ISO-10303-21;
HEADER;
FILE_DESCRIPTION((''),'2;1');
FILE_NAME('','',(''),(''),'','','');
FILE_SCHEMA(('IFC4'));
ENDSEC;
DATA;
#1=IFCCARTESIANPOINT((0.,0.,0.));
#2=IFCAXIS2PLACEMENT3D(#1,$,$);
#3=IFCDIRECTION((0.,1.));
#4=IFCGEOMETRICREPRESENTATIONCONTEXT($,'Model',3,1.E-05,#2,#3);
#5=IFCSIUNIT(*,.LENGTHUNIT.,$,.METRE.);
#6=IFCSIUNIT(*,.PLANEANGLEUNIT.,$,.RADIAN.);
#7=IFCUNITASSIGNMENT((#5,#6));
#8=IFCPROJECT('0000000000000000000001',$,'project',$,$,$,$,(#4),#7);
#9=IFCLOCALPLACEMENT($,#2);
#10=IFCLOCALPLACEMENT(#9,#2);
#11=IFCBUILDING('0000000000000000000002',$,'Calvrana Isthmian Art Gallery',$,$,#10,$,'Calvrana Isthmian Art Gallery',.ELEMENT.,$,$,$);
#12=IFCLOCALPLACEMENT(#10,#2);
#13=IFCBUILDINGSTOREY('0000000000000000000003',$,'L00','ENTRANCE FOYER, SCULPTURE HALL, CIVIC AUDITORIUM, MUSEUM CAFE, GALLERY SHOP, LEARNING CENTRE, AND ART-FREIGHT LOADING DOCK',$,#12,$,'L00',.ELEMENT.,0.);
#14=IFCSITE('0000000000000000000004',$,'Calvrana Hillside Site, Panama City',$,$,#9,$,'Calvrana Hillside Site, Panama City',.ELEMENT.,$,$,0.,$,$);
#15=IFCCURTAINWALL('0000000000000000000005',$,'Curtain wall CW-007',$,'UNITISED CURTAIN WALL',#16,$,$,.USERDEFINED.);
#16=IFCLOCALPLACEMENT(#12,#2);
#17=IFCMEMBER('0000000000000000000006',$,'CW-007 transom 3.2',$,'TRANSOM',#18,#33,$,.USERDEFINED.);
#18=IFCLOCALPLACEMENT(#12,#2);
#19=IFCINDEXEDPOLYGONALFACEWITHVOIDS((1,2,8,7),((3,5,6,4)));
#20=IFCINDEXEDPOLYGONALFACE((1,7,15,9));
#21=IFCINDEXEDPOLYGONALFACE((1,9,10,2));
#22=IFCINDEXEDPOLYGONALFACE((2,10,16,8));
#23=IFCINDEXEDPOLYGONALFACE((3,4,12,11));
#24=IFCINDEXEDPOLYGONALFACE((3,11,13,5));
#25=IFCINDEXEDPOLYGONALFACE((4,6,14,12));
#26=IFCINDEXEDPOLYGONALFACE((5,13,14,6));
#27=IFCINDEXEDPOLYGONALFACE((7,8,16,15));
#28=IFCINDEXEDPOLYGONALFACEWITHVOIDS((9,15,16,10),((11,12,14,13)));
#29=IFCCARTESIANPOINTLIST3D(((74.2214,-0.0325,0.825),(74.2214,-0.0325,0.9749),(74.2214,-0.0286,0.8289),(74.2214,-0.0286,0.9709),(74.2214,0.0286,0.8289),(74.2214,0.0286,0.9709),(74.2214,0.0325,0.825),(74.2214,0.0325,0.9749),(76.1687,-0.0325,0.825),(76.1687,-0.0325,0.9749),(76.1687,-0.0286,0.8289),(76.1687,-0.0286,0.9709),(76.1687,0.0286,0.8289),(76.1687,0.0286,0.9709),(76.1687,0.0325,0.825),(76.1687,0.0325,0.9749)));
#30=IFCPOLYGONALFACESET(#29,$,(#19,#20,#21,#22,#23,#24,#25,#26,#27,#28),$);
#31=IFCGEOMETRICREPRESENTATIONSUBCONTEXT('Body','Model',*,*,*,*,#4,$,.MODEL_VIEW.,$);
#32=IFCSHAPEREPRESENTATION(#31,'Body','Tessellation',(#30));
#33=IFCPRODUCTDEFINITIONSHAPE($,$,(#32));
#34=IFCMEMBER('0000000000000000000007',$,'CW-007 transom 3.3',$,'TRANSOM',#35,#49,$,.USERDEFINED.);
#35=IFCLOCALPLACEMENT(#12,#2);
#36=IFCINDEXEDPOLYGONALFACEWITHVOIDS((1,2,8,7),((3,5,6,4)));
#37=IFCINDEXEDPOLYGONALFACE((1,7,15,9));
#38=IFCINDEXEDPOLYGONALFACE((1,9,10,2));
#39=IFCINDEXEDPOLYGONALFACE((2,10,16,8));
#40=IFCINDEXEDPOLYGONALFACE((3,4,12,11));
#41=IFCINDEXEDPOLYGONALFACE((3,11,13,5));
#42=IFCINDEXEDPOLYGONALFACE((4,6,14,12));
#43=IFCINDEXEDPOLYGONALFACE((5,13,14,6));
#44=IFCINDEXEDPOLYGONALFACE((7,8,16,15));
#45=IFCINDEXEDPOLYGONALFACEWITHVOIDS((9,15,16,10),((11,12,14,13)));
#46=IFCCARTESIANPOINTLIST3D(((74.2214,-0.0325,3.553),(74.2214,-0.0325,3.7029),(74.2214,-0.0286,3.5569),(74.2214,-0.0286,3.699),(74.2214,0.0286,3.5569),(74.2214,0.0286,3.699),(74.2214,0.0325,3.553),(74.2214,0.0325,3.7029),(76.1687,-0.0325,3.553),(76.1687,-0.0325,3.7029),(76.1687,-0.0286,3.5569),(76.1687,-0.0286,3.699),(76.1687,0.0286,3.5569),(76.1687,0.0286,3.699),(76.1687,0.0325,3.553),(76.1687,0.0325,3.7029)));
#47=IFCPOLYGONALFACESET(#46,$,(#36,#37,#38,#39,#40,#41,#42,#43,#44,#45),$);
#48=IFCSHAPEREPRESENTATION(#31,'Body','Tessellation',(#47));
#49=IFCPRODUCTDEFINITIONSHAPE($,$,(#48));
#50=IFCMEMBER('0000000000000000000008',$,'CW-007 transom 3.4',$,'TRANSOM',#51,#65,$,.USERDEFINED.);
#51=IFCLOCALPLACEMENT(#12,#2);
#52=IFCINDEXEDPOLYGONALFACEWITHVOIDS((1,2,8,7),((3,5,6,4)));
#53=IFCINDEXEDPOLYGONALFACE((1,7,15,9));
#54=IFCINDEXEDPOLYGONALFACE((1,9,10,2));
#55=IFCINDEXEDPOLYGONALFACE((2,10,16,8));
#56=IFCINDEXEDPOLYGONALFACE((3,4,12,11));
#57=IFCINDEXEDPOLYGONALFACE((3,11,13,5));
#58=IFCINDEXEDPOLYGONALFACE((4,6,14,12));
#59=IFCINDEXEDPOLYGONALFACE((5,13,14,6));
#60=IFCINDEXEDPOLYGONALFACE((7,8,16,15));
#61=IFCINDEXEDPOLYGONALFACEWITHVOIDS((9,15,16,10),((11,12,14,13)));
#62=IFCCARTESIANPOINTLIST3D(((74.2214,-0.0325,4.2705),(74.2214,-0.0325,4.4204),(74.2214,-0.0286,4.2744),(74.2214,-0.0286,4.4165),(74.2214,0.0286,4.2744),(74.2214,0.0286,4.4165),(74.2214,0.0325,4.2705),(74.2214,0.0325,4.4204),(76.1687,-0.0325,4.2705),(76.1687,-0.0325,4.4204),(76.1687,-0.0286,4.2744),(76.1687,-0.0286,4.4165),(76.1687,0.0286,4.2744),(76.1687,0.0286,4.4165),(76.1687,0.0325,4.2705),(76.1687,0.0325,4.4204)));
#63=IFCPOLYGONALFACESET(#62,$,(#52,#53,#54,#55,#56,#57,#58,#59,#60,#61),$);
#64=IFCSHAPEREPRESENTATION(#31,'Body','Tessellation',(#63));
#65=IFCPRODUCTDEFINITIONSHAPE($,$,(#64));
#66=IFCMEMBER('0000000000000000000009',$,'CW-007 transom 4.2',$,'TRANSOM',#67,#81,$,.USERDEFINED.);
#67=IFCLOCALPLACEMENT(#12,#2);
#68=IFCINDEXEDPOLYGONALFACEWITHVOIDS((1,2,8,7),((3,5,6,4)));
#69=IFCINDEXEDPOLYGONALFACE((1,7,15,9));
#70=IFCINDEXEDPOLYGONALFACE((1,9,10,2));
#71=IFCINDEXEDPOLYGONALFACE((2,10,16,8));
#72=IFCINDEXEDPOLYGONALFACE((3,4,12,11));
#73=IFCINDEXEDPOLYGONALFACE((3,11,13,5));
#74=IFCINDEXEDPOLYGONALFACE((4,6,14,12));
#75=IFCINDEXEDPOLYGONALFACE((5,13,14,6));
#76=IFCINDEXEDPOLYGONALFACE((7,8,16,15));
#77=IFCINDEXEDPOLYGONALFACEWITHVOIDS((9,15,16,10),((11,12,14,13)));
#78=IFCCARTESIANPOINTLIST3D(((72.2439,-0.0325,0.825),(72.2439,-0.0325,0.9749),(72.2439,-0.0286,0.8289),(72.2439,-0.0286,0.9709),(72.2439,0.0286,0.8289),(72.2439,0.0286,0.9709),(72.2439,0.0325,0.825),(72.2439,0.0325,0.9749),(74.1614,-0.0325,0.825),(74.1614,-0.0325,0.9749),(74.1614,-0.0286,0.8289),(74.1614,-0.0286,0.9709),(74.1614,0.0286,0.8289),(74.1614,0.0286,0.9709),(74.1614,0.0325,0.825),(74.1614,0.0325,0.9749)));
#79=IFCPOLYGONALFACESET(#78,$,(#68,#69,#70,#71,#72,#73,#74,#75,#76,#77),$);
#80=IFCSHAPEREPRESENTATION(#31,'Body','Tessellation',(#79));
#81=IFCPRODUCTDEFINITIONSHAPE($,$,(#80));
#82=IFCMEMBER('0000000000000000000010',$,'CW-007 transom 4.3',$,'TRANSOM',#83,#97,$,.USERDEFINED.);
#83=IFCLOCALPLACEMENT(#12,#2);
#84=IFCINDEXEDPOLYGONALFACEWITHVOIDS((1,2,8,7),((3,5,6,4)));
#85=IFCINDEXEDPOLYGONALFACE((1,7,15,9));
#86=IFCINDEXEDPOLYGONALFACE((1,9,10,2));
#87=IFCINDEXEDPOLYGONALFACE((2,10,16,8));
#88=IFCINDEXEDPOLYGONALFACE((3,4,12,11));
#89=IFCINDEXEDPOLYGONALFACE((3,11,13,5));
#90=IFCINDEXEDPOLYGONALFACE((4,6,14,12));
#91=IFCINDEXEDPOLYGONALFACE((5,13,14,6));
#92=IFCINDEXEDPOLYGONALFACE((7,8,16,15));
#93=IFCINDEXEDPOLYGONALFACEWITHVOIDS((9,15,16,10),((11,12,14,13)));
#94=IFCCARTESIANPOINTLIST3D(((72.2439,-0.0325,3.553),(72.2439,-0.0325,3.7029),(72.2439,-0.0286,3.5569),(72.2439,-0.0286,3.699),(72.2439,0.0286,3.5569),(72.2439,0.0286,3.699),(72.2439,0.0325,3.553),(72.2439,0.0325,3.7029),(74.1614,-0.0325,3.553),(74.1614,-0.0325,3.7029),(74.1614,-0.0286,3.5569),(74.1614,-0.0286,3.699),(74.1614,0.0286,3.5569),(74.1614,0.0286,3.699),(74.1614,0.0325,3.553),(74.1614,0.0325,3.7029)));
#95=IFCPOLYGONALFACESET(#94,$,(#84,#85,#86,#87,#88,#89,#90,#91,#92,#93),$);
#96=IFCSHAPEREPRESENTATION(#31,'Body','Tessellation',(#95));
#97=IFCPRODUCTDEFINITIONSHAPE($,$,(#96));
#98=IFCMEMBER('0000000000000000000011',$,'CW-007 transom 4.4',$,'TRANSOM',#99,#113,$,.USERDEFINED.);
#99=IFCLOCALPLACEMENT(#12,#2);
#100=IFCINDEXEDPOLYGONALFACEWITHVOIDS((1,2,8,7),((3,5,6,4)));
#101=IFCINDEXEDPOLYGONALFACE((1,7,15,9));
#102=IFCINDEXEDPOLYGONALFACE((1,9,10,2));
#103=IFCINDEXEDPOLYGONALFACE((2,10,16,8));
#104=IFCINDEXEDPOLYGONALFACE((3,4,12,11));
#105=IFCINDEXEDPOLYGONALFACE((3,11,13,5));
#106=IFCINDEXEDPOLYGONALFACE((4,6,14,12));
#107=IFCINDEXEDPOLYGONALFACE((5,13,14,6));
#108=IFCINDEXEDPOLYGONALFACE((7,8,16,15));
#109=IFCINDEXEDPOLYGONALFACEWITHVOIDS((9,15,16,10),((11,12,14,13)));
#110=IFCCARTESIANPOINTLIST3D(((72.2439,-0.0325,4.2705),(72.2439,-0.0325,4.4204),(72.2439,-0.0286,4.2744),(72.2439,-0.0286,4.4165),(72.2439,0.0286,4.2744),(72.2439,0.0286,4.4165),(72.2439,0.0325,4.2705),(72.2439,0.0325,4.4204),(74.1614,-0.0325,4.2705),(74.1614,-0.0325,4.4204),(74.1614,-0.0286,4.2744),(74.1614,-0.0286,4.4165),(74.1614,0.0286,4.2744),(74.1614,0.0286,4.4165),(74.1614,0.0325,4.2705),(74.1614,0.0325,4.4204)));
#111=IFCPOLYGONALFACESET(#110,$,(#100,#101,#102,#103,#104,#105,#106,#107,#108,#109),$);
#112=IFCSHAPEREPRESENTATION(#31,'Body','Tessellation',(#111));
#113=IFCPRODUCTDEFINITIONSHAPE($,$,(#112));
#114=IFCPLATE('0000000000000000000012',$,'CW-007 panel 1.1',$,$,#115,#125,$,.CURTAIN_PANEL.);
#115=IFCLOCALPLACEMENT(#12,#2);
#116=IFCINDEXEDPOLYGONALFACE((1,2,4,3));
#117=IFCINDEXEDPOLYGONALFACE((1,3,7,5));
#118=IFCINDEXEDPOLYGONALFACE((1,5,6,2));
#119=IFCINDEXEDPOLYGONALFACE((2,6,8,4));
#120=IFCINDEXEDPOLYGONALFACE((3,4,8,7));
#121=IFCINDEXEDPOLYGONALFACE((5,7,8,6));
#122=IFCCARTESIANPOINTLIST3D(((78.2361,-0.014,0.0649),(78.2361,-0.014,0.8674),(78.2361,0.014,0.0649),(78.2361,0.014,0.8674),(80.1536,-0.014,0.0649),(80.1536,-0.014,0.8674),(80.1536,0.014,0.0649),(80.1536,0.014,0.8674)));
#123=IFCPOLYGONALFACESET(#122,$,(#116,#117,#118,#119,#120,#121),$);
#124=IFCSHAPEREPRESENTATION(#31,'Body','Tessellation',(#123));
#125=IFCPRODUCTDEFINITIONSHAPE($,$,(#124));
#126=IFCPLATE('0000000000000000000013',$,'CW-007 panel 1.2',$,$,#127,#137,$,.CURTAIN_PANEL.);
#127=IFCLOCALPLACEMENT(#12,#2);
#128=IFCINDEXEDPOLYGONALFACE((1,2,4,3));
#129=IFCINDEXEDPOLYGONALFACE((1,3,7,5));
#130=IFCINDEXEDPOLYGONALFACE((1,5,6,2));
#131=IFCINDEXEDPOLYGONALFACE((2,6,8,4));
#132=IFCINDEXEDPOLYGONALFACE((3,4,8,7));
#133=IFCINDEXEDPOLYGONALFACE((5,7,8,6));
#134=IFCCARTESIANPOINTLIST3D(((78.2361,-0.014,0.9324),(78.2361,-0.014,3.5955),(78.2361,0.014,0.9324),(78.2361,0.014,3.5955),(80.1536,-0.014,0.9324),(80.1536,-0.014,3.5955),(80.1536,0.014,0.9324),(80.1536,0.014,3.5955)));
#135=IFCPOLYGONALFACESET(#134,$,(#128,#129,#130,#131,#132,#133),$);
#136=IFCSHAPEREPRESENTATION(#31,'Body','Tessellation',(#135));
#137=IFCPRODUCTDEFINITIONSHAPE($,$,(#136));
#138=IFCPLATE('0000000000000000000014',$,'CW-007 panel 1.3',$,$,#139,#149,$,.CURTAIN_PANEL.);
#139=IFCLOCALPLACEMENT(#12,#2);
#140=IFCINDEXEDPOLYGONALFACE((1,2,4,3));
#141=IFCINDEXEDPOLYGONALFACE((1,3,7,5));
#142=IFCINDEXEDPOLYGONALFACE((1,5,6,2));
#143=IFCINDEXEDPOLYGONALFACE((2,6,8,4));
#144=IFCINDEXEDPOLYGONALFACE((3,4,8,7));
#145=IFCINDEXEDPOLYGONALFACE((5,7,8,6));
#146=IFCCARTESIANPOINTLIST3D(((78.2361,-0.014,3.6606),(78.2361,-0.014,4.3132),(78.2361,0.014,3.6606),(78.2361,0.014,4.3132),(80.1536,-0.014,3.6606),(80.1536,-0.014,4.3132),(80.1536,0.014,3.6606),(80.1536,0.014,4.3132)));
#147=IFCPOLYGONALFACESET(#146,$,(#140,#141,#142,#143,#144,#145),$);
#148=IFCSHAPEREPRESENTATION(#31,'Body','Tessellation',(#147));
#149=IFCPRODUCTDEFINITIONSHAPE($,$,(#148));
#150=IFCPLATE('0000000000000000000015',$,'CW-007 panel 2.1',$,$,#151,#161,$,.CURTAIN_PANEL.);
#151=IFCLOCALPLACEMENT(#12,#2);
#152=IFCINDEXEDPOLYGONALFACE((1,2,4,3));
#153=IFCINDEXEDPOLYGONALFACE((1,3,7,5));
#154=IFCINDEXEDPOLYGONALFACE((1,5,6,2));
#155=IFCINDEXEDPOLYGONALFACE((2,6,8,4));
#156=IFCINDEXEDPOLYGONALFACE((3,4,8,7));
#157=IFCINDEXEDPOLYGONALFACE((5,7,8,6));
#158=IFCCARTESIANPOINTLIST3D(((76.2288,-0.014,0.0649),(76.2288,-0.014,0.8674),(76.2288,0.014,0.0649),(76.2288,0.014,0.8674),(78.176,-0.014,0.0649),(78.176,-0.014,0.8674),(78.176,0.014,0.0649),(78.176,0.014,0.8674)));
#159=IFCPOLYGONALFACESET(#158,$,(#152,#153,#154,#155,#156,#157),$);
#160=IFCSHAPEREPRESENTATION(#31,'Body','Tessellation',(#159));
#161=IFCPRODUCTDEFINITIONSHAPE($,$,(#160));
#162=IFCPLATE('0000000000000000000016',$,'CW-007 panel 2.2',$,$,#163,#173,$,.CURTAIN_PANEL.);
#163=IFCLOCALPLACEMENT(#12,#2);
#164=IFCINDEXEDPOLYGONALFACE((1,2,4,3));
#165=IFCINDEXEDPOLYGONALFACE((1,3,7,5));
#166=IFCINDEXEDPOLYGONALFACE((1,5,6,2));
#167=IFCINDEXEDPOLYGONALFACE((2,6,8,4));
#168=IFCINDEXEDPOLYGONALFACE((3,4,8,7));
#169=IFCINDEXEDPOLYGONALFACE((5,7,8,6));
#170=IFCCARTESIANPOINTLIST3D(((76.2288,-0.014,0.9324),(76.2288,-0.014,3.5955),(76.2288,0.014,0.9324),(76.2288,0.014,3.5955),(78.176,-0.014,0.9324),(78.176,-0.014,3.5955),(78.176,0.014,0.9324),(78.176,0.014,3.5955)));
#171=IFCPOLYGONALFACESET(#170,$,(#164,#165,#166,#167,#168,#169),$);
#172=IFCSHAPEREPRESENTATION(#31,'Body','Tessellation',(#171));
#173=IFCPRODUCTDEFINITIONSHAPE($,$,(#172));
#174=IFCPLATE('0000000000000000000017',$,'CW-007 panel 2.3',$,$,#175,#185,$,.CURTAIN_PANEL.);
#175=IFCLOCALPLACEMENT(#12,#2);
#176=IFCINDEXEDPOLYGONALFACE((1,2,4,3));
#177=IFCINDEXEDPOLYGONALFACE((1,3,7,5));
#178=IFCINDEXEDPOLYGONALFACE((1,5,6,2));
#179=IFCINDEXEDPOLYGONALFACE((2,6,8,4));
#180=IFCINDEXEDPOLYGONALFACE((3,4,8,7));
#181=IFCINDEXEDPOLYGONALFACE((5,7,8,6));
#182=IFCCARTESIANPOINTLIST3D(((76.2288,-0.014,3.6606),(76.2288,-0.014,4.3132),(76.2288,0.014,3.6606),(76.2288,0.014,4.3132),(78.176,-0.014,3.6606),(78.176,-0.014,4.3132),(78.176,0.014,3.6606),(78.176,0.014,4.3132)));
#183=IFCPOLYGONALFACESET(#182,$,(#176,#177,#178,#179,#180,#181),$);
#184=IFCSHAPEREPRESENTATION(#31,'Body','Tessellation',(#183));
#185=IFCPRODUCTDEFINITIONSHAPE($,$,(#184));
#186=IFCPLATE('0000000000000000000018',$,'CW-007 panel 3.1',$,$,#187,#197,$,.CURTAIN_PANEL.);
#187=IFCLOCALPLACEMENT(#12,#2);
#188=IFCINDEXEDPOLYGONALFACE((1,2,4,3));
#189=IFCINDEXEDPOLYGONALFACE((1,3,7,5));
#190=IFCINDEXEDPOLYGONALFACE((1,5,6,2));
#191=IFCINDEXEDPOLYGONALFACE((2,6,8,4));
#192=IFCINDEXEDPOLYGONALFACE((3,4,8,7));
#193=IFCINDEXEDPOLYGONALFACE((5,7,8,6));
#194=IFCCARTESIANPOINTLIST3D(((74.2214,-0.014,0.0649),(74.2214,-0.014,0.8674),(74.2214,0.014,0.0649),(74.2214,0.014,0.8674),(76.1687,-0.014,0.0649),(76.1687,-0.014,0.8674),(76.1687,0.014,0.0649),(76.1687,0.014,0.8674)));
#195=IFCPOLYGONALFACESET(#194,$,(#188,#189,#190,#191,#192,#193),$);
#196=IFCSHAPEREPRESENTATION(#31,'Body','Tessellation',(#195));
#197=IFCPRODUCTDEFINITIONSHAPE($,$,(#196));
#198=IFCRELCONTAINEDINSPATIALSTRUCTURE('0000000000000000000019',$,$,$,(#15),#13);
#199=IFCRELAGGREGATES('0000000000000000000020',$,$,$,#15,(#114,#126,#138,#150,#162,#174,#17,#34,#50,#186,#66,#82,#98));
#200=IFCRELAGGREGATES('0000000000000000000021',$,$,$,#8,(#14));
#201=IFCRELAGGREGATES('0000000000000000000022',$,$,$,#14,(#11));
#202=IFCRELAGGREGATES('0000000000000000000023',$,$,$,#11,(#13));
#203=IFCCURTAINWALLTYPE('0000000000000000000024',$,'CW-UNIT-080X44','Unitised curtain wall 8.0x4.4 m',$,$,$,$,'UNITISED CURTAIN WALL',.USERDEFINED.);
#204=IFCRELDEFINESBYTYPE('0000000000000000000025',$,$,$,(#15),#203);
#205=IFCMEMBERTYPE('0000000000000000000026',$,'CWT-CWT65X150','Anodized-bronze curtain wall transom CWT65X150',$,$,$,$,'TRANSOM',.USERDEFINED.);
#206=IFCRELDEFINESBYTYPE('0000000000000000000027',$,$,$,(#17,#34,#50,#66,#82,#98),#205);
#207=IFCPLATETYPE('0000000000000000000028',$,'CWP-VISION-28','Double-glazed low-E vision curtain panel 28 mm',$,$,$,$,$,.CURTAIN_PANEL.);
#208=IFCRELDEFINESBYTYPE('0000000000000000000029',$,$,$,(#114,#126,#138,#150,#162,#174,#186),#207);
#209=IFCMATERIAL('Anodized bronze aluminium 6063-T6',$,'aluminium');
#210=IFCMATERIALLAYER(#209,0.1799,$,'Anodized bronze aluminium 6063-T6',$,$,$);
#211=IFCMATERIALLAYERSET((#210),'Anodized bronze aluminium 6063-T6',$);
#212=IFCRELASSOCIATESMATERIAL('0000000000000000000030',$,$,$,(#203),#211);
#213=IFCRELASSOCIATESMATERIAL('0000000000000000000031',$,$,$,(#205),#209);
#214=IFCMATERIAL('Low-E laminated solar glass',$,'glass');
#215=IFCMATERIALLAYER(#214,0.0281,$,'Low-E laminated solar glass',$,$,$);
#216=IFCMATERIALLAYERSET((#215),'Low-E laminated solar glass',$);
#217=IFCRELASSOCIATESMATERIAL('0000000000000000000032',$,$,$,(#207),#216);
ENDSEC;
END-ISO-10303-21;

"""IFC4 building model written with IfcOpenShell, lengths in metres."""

from ifc_helpers import new_model, si_unit, direction, frame, origin, origin_2d, place, context, subcontext, project, spatial, rectangle, hollow_rectangle, extrude, material, layer, layer_set, material_profile, profile_set, type_object, element, aggregate, save


model = new_model("IFC4")

# Units and contexts
model_context = context("Model", 3, precision=1e-05, world=origin(), true_north=direction((0.0, 1.0)))
body_context = subcontext(model_context, "Body", "Model", "MODEL_VIEW")
ifc_project = project(units=[si_unit("LENGTHUNIT", "METRE"), si_unit("PLANEANGLEUNIT", "RADIAN")], contexts=[model_context])

# Site, building, storey
site_placement = place(None, origin())
site = spatial("IfcSite", under=ifc_project, at=site_placement, Name="Calvrana Hillside Site, Panama City", LongName="Calvrana Hillside Site, Panama City", CompositionType="ELEMENT", RefElevation=0.0)
building_placement = place(site_placement, origin())
building = spatial("IfcBuilding", under=site, at=building_placement, Name="Calvrana Isthmian Art Gallery", LongName="Calvrana Isthmian Art Gallery", CompositionType="ELEMENT")
storey_placement = place(building_placement, origin())
storey = spatial("IfcBuildingStorey", under=building, at=storey_placement, Name="L00", Description="ENTRANCE FOYER, SCULPTURE HALL, CIVIC AUDITORIUM, MUSEUM CAFE, GALLERY SHOP, LEARNING CENTRE, AND ART-FREIGHT LOADING DOCK", LongName="L00", CompositionType="ELEMENT", Elevation=0.0)

# Curtain wall, members, plates
ifc_material_1 = material(Name="Anodized bronze aluminium 6063-T6", Category="aluminium")
ifc_layer_1 = layer(ifc_material_1, 0.1799, Name="Anodized bronze aluminium 6063-T6")
ifc_layer_set_1 = layer_set([ifc_layer_1], Name="Anodized bronze aluminium 6063-T6")
curtain_wall_type = type_object("IfcCurtainWallType", Name="CW-UNIT-080X44", Description="Unitised curtain wall 8.0x4.4 m", ElementType="UNITISED CURTAIN WALL", PredefinedType="USERDEFINED", material=ifc_layer_set_1)
curtain_wall_placement = place(storey_placement, origin())
curtain_wall = element("IfcCurtainWall", 1, at=curtain_wall_placement, inside=storey, type_object=curtain_wall_type, Name="Curtain wall CW-007", ObjectType="UNITISED CURTAIN WALL", PredefinedType="USERDEFINED")
ifc_material_profile_1 = material_profile(ifc_material_1, hollow_rectangle(XDim=0.0649, YDim=0.1499, WallThickness=0.0039, at=origin_2d()), Name="CWT65X150")
ifc_profile_set_1 = profile_set([ifc_material_profile_1], Name="Anodized bronze aluminium 6063-T6")
member_type_1 = type_object("IfcMemberType", Name="CWT-CWT65X150", Description="Anodized-bronze curtain wall transom CWT65X150", ElementType="TRANSOM", PredefinedType="USERDEFINED", material=ifc_profile_set_1)
member_1_placement = place(storey_placement, frame((76.1687, 0.0, 0.8999), z_axis=(-1.0, 0.0, 0.0), x_axis=(0.0, -1.0, 0.0)))
member_1 = element("IfcMember", 2, at=member_1_placement, type_object=member_type_1, Name="CW-007 transom 3.2", ObjectType="TRANSOM", PredefinedType="USERDEFINED", context=body_context, shape_type="SweptSolid", body=[
    extrude(hollow_rectangle(XDim=0.0649, YDim=0.1499, WallThickness=0.0039, at=origin_2d()), origin(), (0.0, 0.0, 1.0), 1.9473),
])
member_2_placement = place(storey_placement, frame((76.1687, 0.0, 3.6279), z_axis=(-1.0, 0.0, 0.0), x_axis=(0.0, -1.0, 0.0)))
member_2 = element("IfcMember", 3, at=member_2_placement, type_object=member_type_1, Name="CW-007 transom 3.3", ObjectType="TRANSOM", PredefinedType="USERDEFINED", context=body_context, shape_type="SweptSolid", body=[
    extrude(hollow_rectangle(XDim=0.0649, YDim=0.1499, WallThickness=0.0039, at=origin_2d()), origin(), (0.0, 0.0, 1.0), 1.9473),
])
member_3_placement = place(storey_placement, frame((76.1687, 0.0, 4.3455), z_axis=(-1.0, 0.0, 0.0), x_axis=(0.0, -1.0, 0.0)))
member_3 = element("IfcMember", 4, at=member_3_placement, type_object=member_type_1, Name="CW-007 transom 3.4", ObjectType="TRANSOM", PredefinedType="USERDEFINED", context=body_context, shape_type="SweptSolid", body=[
    extrude(hollow_rectangle(XDim=0.0649, YDim=0.1499, WallThickness=0.0039, at=origin_2d()), origin(), (0.0, 0.0, 1.0), 1.9473),
])
member_4_placement = place(storey_placement, frame((74.1614, 0.0, 0.8999), z_axis=(-1.0, 0.0, 0.0), x_axis=(0.0, -1.0, 0.0)))
member_4 = element("IfcMember", 5, at=member_4_placement, type_object=member_type_1, Name="CW-007 transom 4.2", ObjectType="TRANSOM", PredefinedType="USERDEFINED", context=body_context, shape_type="SweptSolid", body=[
    extrude(hollow_rectangle(XDim=0.0649, YDim=0.1499, WallThickness=0.0039, at=origin_2d()), origin(), (0.0, 0.0, 1.0), 1.9175),
])
member_5_placement = place(storey_placement, frame((74.1614, 0.0, 3.6279), z_axis=(-1.0, 0.0, 0.0), x_axis=(0.0, -1.0, 0.0)))
member_5 = element("IfcMember", 6, at=member_5_placement, type_object=member_type_1, Name="CW-007 transom 4.3", ObjectType="TRANSOM", PredefinedType="USERDEFINED", context=body_context, shape_type="SweptSolid", body=[
    extrude(hollow_rectangle(XDim=0.0649, YDim=0.1499, WallThickness=0.0039, at=origin_2d()), origin(), (0.0, 0.0, 1.0), 1.9175),
])
member_6_placement = place(storey_placement, frame((74.1614, 0.0, 4.3455), z_axis=(-1.0, 0.0, 0.0), x_axis=(0.0, -1.0, 0.0)))
member_6 = element("IfcMember", 7, at=member_6_placement, type_object=member_type_1, Name="CW-007 transom 4.4", ObjectType="TRANSOM", PredefinedType="USERDEFINED", context=body_context, shape_type="SweptSolid", body=[
    extrude(hollow_rectangle(XDim=0.0649, YDim=0.1499, WallThickness=0.0039, at=origin_2d()), origin(), (0.0, 0.0, 1.0), 1.9175),
])
ifc_material_2 = material(Name="Low-E laminated solar glass", Category="glass")
ifc_layer_2 = layer(ifc_material_2, 0.0281, Name="Low-E laminated solar glass")
ifc_layer_set_2 = layer_set([ifc_layer_2], Name="Low-E laminated solar glass")
plate_type = type_object("IfcPlateType", Name="CWP-VISION-28", Description="Double-glazed low-E vision curtain panel 28 mm", PredefinedType="CURTAIN_PANEL", material=ifc_layer_set_2)
plate_1_placement = place(storey_placement, frame((79.1948, 0.0, 0.0649), z_axis=(0.0, 0.0, 1.0), x_axis=(-1.0, 0.0, 0.0)))
plate_1 = element("IfcPlate", 8, at=plate_1_placement, type_object=plate_type, Name="CW-007 panel 1.1", PredefinedType="CURTAIN_PANEL", context=body_context, shape_type="SweptSolid", body=[
    extrude(rectangle(XDim=1.9175, YDim=0.0281, at=origin_2d()), origin(), (0.0, 0.0, 1.0), 0.8025),
])
plate_2_placement = place(storey_placement, frame((79.1948, 0.0, 0.9324), z_axis=(0.0, 0.0, 1.0), x_axis=(-1.0, 0.0, 0.0)))
plate_2 = element("IfcPlate", 9, at=plate_2_placement, type_object=plate_type, Name="CW-007 panel 1.2", PredefinedType="CURTAIN_PANEL", context=body_context, shape_type="SweptSolid", body=[
    extrude(rectangle(XDim=1.9175, YDim=0.0281, at=origin_2d()), origin(), (0.0, 0.0, 1.0), 2.6631),
])
plate_3_placement = place(storey_placement, frame((79.1948, 0.0, 3.6606), z_axis=(0.0, 0.0, 1.0), x_axis=(-1.0, 0.0, 0.0)))
plate_3 = element("IfcPlate", 10, at=plate_3_placement, type_object=plate_type, Name="CW-007 panel 1.3", PredefinedType="CURTAIN_PANEL", context=body_context, shape_type="SweptSolid", body=[
    extrude(rectangle(XDim=1.9175, YDim=0.0281, at=origin_2d()), origin(), (0.0, 0.0, 1.0), 0.6526),
])
plate_4_placement = place(storey_placement, frame((77.2024, 0.0, 0.0649), z_axis=(0.0, 0.0, 1.0), x_axis=(-1.0, 0.0, 0.0)))
plate_4 = element("IfcPlate", 11, at=plate_4_placement, type_object=plate_type, Name="CW-007 panel 2.1", PredefinedType="CURTAIN_PANEL", context=body_context, shape_type="SweptSolid", body=[
    extrude(rectangle(XDim=1.9473, YDim=0.0281, at=origin_2d()), origin(), (0.0, 0.0, 1.0), 0.8025),
])
plate_5_placement = place(storey_placement, frame((77.2024, 0.0, 0.9324), z_axis=(0.0, 0.0, 1.0), x_axis=(-1.0, 0.0, 0.0)))
plate_5 = element("IfcPlate", 12, at=plate_5_placement, type_object=plate_type, Name="CW-007 panel 2.2", PredefinedType="CURTAIN_PANEL", context=body_context, shape_type="SweptSolid", body=[
    extrude(rectangle(XDim=1.9473, YDim=0.0281, at=origin_2d()), origin(), (0.0, 0.0, 1.0), 2.6631),
])
plate_6_placement = place(storey_placement, frame((77.2024, 0.0, 3.6606), z_axis=(0.0, 0.0, 1.0), x_axis=(-1.0, 0.0, 0.0)))
plate_6 = element("IfcPlate", 13, at=plate_6_placement, type_object=plate_type, Name="CW-007 panel 2.3", PredefinedType="CURTAIN_PANEL", context=body_context, shape_type="SweptSolid", body=[
    extrude(rectangle(XDim=1.9473, YDim=0.0281, at=origin_2d()), origin(), (0.0, 0.0, 1.0), 0.6526),
])
plate_7_placement = place(storey_placement, frame((75.1951, 0.0, 0.0649), z_axis=(0.0, 0.0, 1.0), x_axis=(-1.0, 0.0, 0.0)))
plate_7 = element("IfcPlate", 14, at=plate_7_placement, type_object=plate_type, Name="CW-007 panel 3.1", PredefinedType="CURTAIN_PANEL", context=body_context, shape_type="SweptSolid", body=[
    extrude(rectangle(XDim=1.9473, YDim=0.0281, at=origin_2d()), origin(), (0.0, 0.0, 1.0), 0.8025),
])
aggregate(curtain_wall, [plate_1, plate_2, plate_3, plate_4, plate_5, plate_6, member_1, member_2, member_3, plate_7, member_4, member_5, member_6])

save(model, "model.ifc")
